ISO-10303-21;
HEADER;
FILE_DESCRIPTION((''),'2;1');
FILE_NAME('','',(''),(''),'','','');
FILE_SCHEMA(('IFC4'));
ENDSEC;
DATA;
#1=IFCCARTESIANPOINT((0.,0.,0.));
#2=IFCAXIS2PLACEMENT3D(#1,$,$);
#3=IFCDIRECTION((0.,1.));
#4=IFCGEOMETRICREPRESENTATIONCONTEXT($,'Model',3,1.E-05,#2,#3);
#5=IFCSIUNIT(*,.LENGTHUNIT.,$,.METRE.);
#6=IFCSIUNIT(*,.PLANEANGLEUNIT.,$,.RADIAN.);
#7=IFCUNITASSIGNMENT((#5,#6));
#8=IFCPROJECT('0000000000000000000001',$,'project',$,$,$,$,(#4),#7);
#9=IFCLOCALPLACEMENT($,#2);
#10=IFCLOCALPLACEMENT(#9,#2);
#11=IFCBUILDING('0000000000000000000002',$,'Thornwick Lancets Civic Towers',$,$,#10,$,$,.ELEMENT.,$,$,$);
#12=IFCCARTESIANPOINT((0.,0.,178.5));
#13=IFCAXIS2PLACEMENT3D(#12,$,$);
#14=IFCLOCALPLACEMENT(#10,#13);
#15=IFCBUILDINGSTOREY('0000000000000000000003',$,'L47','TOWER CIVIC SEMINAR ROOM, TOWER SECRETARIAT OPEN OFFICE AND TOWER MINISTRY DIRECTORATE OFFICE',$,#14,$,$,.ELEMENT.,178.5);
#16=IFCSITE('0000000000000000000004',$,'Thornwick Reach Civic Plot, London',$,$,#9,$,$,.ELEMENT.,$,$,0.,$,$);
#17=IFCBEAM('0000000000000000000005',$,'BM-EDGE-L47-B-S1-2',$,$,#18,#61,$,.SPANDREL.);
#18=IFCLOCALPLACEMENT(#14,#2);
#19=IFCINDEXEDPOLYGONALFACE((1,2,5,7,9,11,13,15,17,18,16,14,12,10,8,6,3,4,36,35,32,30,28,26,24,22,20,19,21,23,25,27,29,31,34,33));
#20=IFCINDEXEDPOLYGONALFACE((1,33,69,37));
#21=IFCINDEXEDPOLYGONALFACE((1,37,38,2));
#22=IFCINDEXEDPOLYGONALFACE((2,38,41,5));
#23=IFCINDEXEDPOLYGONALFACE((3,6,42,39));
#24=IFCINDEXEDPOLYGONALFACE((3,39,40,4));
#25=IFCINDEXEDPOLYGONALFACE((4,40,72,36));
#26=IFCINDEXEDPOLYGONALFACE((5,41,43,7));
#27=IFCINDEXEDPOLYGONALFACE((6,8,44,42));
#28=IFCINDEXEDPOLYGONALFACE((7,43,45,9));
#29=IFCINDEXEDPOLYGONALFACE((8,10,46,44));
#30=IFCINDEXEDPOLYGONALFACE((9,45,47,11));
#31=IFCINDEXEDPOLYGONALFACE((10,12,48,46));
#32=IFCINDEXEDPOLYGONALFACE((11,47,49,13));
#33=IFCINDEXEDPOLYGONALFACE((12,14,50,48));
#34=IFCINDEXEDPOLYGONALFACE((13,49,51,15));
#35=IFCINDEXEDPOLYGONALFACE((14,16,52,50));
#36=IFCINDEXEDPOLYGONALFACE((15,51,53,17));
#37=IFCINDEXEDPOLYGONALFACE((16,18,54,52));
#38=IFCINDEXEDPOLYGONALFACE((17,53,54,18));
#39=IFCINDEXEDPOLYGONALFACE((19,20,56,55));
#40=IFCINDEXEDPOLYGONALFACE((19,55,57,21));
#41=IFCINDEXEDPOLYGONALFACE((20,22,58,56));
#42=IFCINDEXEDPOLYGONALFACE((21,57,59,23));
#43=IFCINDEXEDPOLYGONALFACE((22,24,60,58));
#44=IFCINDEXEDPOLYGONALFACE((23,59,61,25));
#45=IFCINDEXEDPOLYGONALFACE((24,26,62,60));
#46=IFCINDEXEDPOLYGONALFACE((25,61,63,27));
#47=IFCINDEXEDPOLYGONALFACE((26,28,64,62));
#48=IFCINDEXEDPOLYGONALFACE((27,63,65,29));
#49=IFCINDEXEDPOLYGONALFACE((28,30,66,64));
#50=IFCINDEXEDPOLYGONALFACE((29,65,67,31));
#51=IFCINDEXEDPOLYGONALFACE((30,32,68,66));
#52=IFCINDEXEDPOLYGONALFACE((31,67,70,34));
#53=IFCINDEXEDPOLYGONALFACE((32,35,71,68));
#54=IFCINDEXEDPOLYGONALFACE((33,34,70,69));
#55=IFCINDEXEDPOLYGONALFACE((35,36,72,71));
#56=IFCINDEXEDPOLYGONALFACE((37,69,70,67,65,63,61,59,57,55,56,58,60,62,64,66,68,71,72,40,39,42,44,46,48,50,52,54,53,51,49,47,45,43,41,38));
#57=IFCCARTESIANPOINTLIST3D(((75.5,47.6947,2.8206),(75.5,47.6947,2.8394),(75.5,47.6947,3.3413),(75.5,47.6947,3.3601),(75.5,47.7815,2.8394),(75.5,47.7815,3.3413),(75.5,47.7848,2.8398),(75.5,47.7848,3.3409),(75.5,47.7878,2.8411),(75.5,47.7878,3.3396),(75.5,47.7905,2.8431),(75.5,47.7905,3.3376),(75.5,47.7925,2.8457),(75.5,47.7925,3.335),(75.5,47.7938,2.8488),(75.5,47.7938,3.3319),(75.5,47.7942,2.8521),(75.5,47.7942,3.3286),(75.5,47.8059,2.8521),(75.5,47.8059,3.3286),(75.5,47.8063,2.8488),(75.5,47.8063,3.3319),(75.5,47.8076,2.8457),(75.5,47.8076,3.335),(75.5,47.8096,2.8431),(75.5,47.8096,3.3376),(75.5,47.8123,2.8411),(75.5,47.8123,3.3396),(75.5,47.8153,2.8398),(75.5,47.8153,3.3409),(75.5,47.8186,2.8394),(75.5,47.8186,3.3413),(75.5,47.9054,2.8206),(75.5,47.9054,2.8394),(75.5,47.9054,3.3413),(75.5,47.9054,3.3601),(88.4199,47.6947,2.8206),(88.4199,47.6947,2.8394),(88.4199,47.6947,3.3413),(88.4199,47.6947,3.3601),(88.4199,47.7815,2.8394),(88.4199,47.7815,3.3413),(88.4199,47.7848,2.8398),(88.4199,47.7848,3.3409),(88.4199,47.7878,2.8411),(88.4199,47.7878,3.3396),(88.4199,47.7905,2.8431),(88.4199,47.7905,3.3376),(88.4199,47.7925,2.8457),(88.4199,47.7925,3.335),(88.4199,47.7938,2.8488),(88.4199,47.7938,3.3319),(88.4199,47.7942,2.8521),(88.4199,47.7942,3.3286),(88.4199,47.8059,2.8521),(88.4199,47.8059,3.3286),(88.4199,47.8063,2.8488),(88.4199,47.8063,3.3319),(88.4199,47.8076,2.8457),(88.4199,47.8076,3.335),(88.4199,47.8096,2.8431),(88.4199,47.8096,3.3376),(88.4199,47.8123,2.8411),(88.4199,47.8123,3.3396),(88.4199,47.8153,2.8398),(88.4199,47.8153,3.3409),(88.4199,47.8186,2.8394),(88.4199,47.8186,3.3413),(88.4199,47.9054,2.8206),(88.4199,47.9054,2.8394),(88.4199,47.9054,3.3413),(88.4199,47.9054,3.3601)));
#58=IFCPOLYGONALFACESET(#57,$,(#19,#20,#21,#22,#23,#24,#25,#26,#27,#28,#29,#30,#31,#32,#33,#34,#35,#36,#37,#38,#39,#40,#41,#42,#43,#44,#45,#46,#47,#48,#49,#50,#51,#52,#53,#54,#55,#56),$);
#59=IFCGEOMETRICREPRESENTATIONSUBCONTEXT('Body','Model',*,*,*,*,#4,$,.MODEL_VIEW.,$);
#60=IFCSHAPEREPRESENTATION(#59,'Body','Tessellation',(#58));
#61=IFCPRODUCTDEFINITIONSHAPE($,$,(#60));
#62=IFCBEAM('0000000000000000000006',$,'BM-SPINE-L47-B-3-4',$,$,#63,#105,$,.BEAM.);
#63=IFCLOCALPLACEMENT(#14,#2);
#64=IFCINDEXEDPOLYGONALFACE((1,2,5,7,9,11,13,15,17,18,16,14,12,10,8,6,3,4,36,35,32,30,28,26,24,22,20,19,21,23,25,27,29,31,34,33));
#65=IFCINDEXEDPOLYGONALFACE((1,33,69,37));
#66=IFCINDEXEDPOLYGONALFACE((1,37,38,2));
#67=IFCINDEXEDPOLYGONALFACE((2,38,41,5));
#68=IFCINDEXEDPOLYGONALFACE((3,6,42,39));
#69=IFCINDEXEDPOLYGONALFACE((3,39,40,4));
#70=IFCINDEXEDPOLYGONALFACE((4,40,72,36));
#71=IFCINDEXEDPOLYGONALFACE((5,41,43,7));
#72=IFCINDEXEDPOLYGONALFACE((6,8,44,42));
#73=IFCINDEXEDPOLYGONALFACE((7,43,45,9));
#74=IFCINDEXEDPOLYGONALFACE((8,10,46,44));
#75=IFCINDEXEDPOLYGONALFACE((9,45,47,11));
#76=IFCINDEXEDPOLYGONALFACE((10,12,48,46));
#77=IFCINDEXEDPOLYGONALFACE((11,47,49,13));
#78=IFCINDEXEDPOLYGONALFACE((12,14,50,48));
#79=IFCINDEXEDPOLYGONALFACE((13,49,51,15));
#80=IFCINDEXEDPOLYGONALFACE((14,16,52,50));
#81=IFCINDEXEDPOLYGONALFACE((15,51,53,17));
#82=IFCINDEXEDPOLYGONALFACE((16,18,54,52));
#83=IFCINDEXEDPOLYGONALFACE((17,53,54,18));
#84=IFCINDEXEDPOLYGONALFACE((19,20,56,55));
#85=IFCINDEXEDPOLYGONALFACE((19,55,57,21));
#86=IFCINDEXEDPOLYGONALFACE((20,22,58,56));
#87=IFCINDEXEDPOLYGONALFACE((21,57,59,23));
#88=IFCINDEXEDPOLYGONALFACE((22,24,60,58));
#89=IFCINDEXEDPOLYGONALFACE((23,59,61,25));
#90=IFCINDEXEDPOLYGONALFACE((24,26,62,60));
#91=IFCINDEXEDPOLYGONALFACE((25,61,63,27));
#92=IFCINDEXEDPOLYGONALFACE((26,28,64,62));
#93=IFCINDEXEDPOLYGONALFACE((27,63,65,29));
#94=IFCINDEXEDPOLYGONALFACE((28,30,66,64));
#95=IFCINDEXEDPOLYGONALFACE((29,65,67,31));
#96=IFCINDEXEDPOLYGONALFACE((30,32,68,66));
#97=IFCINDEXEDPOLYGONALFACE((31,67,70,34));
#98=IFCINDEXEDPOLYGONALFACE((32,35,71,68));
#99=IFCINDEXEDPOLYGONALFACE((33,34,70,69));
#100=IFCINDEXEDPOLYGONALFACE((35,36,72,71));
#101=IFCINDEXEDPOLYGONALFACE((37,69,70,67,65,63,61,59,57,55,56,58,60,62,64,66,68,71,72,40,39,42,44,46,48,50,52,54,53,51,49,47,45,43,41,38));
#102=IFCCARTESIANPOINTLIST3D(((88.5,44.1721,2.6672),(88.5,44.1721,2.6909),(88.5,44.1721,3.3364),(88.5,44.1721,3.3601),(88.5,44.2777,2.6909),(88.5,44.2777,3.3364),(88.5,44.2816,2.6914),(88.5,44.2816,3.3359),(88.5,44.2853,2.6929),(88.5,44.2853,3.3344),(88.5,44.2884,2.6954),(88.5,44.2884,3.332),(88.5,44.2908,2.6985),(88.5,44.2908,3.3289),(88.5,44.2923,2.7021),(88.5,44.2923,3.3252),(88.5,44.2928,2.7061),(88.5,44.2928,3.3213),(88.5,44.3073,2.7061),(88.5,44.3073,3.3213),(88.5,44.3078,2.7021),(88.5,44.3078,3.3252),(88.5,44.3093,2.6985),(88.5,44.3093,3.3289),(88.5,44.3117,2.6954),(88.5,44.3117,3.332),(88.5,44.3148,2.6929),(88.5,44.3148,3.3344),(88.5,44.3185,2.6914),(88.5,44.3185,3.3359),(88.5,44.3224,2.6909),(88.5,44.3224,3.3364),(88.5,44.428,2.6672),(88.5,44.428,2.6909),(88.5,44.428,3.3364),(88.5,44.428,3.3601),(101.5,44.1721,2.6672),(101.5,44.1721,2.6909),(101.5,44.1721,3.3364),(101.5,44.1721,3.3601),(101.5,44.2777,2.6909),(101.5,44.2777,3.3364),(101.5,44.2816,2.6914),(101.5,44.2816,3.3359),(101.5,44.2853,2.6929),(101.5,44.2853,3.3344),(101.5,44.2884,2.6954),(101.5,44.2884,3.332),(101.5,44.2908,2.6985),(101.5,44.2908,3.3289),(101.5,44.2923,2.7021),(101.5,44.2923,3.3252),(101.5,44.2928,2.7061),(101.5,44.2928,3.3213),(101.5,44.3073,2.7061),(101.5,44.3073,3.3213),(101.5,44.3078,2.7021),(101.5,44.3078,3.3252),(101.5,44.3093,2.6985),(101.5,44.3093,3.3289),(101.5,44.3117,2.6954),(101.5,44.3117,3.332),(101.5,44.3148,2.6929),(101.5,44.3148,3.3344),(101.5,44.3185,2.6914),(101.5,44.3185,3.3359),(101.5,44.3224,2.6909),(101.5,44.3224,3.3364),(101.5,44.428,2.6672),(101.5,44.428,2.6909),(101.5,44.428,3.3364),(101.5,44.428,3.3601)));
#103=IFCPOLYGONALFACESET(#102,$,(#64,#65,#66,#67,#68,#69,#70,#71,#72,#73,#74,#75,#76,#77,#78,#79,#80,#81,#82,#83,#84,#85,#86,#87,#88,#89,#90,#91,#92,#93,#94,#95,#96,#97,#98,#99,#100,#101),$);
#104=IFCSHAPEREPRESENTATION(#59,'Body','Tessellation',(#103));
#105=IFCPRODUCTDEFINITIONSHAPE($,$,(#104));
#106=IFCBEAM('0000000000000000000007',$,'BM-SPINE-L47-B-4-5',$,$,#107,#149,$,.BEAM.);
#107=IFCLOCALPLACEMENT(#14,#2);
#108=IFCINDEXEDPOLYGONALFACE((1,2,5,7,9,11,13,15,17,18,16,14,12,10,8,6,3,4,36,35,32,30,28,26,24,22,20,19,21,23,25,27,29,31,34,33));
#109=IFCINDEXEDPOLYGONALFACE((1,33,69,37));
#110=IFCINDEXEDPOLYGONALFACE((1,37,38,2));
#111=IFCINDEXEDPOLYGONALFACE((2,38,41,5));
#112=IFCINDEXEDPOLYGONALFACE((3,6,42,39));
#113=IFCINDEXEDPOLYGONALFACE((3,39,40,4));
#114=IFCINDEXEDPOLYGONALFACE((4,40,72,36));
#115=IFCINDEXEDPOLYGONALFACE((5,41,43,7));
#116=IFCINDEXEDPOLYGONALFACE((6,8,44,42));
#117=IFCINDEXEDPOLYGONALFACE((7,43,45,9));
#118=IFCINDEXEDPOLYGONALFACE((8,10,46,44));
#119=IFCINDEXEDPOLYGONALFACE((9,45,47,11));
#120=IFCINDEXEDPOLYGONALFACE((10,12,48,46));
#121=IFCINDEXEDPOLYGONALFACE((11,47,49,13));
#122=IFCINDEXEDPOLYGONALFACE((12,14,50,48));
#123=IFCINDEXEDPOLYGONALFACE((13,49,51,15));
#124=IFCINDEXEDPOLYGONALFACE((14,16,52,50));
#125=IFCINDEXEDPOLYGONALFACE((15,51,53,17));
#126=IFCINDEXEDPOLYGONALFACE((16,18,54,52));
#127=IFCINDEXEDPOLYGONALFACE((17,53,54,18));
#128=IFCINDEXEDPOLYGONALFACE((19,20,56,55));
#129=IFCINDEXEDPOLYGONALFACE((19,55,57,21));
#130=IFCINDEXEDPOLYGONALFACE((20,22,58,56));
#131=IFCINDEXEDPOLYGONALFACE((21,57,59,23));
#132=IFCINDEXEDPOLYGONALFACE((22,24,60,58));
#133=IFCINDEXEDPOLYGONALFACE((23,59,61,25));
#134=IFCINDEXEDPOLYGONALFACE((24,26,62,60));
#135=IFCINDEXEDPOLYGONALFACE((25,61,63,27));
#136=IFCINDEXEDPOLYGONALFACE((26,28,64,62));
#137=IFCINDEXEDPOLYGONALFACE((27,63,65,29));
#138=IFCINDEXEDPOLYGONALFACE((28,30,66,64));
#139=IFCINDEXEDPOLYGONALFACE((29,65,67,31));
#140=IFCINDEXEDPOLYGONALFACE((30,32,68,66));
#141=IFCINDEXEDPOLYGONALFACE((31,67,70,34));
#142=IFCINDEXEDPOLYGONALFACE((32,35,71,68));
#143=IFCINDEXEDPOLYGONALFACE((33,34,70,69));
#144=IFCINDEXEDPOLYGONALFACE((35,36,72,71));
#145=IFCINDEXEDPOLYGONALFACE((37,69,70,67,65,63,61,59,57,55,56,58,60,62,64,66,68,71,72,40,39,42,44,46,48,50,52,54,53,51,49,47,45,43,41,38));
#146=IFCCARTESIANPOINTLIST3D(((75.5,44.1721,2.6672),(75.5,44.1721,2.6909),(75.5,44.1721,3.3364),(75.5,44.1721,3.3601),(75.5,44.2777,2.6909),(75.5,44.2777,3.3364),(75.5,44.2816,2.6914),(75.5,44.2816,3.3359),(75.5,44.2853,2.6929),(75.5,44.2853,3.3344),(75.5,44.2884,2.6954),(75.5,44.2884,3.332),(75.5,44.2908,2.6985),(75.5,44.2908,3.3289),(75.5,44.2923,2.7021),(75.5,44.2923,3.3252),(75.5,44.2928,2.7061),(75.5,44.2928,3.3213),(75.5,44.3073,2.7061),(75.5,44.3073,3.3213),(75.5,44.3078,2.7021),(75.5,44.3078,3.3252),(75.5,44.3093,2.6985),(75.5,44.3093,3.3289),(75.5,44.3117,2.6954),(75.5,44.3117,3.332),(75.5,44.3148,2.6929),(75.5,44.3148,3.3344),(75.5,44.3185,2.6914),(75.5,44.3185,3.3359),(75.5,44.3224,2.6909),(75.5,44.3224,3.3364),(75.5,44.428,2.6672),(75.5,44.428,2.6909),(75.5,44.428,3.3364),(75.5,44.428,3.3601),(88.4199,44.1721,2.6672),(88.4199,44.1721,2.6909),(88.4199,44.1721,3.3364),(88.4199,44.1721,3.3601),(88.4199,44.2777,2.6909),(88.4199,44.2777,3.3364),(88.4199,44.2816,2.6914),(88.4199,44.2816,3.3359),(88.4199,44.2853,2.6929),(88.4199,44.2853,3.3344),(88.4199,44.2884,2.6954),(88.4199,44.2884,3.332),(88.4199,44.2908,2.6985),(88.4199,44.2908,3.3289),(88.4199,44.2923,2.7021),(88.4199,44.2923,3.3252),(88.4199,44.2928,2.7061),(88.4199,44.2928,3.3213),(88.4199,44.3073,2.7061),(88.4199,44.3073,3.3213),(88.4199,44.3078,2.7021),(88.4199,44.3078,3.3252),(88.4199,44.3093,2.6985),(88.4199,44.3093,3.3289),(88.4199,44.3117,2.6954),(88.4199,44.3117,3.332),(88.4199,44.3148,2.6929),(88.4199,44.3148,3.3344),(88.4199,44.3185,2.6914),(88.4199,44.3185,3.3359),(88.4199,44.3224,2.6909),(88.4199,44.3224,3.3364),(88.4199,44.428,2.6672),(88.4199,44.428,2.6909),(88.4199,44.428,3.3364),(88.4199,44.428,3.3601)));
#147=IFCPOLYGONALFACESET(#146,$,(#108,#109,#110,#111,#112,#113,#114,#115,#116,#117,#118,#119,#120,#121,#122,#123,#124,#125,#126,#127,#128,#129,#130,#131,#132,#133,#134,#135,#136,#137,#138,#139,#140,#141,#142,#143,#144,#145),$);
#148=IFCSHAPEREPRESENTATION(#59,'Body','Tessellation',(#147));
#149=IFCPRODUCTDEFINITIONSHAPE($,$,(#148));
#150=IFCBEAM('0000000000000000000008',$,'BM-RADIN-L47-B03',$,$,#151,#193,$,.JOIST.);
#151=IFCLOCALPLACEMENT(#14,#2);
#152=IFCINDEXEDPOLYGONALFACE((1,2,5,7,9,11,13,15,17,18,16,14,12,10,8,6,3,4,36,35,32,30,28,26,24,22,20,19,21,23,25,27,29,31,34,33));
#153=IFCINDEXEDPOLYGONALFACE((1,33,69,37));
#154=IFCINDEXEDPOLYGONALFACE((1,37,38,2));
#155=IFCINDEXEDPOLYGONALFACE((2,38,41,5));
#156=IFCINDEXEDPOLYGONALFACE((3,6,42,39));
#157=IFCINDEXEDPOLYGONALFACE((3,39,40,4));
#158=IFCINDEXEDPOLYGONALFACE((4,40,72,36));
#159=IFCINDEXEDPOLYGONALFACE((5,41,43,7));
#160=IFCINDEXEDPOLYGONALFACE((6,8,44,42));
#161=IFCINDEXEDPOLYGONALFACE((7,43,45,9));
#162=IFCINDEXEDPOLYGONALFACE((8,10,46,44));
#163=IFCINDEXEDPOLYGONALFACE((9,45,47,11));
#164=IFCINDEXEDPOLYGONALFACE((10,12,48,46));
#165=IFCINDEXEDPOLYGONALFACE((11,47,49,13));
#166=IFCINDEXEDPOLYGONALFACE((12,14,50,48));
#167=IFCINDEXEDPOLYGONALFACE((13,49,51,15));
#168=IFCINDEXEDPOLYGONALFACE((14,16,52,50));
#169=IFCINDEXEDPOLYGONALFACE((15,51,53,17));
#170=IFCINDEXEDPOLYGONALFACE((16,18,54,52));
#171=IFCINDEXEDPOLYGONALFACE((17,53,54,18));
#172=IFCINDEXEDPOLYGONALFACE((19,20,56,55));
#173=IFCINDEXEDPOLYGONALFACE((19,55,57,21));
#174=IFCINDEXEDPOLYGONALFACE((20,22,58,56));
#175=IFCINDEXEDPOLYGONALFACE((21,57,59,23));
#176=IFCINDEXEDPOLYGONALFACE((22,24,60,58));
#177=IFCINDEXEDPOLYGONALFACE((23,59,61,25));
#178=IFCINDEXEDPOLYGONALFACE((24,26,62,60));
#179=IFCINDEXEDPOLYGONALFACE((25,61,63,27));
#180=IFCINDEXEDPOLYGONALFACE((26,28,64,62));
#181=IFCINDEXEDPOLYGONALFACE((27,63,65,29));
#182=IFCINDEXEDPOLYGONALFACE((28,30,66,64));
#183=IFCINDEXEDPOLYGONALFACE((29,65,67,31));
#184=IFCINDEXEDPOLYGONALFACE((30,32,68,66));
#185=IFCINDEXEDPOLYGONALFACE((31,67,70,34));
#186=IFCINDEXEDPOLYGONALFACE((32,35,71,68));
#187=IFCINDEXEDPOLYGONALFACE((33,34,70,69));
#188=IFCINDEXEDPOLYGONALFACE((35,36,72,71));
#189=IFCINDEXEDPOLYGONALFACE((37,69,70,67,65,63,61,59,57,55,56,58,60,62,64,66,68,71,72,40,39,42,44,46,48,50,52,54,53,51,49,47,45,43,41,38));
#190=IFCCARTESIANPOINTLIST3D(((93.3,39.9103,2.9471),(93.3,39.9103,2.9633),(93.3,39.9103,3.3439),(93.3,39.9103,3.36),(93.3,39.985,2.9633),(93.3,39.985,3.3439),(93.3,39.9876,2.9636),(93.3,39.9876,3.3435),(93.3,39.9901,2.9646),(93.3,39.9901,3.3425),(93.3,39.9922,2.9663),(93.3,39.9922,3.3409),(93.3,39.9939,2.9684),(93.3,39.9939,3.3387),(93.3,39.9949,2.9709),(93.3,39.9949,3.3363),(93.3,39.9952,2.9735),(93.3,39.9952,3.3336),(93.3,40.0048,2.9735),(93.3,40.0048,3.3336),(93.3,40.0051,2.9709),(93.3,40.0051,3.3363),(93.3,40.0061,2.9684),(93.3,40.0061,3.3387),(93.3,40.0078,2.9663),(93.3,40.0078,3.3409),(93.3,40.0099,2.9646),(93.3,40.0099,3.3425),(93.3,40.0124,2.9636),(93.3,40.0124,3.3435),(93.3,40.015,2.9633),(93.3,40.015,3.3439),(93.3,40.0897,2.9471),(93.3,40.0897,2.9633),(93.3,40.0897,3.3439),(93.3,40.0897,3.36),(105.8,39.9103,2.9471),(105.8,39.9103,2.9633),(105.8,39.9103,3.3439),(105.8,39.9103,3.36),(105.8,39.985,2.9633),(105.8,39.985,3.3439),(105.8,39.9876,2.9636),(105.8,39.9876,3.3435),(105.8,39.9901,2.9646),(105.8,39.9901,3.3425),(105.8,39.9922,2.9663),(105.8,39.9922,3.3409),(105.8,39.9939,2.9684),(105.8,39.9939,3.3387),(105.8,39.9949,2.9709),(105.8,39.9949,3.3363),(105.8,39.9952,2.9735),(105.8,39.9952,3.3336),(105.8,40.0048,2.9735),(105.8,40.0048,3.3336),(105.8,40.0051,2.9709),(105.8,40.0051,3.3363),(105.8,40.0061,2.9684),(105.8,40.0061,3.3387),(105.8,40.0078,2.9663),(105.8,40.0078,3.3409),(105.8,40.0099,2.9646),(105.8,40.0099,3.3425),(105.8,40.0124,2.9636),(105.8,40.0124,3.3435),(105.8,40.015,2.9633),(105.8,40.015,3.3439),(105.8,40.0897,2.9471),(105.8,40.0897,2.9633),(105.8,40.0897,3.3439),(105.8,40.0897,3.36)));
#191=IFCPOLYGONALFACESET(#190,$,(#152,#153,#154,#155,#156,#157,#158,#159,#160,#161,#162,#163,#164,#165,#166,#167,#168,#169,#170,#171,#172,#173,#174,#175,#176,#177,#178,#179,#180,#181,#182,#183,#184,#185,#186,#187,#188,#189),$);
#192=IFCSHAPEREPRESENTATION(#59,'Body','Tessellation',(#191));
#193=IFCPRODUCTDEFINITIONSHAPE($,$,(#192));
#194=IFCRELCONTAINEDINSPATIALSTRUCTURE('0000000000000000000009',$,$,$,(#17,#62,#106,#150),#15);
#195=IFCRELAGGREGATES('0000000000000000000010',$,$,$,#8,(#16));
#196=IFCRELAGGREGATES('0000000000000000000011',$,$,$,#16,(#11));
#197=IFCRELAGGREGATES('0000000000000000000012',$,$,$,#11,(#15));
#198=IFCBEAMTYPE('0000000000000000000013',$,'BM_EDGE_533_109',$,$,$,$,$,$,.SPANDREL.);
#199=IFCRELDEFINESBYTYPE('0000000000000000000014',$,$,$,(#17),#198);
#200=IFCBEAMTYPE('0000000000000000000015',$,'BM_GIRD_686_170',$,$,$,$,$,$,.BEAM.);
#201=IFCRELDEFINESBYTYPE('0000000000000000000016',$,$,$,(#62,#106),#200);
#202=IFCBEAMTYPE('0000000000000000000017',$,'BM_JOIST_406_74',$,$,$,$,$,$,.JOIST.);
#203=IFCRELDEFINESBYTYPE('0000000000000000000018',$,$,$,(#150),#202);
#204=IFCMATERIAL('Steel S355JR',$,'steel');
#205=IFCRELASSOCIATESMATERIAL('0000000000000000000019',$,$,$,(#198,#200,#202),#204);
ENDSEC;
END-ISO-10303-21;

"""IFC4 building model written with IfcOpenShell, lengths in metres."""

from ifc_helpers import new_model, si_unit, direction, frame, origin, origin_2d, place, context, subcontext, project, spatial, i_section, extrude, material, material_profile, profile_set, type_object, element, save


model = new_model("IFC4")

# Units and contexts
model_context = context("Model", 3, precision=1e-05, world=origin(), true_north=direction((0.0, 1.0)))
body_context = subcontext(model_context, "Body", "Model", "MODEL_VIEW")
ifc_project = project(units=[si_unit("LENGTHUNIT", "METRE"), si_unit("PLANEANGLEUNIT", "RADIAN")], contexts=[model_context])

# Site, building, storey
site_placement = place(None, origin())
site = spatial("IfcSite", under=ifc_project, at=site_placement, Name="Thornwick Reach Civic Plot, London", CompositionType="ELEMENT", RefElevation=0.0)
building_placement = place(site_placement, origin())
building = spatial("IfcBuilding", under=site, at=building_placement, Name="Thornwick Lancets Civic Towers", CompositionType="ELEMENT")
storey_placement = place(building_placement, frame((0.0, 0.0, 178.5)))
storey = spatial("IfcBuildingStorey", under=building, at=storey_placement, Name="L47", Description="TOWER CIVIC SEMINAR ROOM, TOWER SECRETARIAT OPEN OFFICE AND TOWER MINISTRY DIRECTORATE OFFICE", CompositionType="ELEMENT", Elevation=178.5)

# Beams
ifc_material_1 = material(Name="Steel S355JR", Category="steel")
ifc_material_profile_1 = material_profile(ifc_material_1, i_section(OverallWidth=0.2107, OverallDepth=0.5396, WebThickness=0.0117, FlangeThickness=0.0188, FilletRadius=0.0127, at=origin_2d()), Name="UKB 533x210x109")
ifc_profile_set_1 = profile_set([ifc_material_profile_1], Name="Steel S355JR")
beam_type_1 = type_object("IfcBeamType", Name="BM_EDGE_533_109", PredefinedType="SPANDREL", material=ifc_profile_set_1)
beam_1_placement = place(storey_placement, frame((88.4199, 47.8, 3.0903), z_axis=(-1.0, 0.0, 0.0), x_axis=(0.0, -1.0, 0.0)))
element("IfcBeam", 1, at=beam_1_placement, inside=storey, type_object=beam_type_1, Name="BM-EDGE-L47-B-S1-2", PredefinedType="SPANDREL", context=body_context, shape_type="SweptSolid", body=[
    extrude(i_section(OverallWidth=0.2107, OverallDepth=0.5396, WebThickness=0.0117, FlangeThickness=0.0188, FilletRadius=0.0127, at=origin_2d()), origin(), (0.0, 0.0, 1.0), 12.9199),
])
ifc_material_profile_2 = material_profile(ifc_material_1, i_section(OverallWidth=0.2559, OverallDepth=0.6929, WebThickness=0.0144, FlangeThickness=0.0237, FilletRadius=0.0151, at=origin_2d()), Name="UKB 686x254x170")
ifc_profile_set_2 = profile_set([ifc_material_profile_2], Name="Steel S355JR")
beam_type_2 = type_object("IfcBeamType", Name="BM_GIRD_686_170", PredefinedType="BEAM", material=ifc_profile_set_2)
beam_2_placement = place(storey_placement, frame((101.5, 44.3, 3.0137), z_axis=(-1.0, 0.0, 0.0), x_axis=(0.0, -1.0, 0.0)))
element("IfcBeam", 2, at=beam_2_placement, inside=storey, type_object=beam_type_2, Name="BM-SPINE-L47-B-3-4", PredefinedType="BEAM", context=body_context, shape_type="SweptSolid", body=[
    extrude(i_section(OverallWidth=0.2559, OverallDepth=0.6929, WebThickness=0.0144, FlangeThickness=0.0237, FilletRadius=0.0151, at=origin_2d()), origin(), (0.0, 0.0, 1.0), 13.0),
])
beam_3_placement = place(storey_placement, frame((88.4199, 44.3, 3.0137), z_axis=(-1.0, 0.0, 0.0), x_axis=(0.0, -1.0, 0.0)))
element("IfcBeam", 3, at=beam_3_placement, inside=storey, type_object=beam_type_2, Name="BM-SPINE-L47-B-4-5", PredefinedType="BEAM", context=body_context, shape_type="SweptSolid", body=[
    extrude(i_section(OverallWidth=0.2559, OverallDepth=0.6929, WebThickness=0.0144, FlangeThickness=0.0237, FilletRadius=0.0151, at=origin_2d()), origin(), (0.0, 0.0, 1.0), 12.9199),
])
ifc_material_profile_3 = material_profile(ifc_material_1, i_section(OverallWidth=0.1794, OverallDepth=0.4128, WebThickness=0.0095, FlangeThickness=0.0161, FilletRadius=0.0103, at=origin_2d()), Name="UKB 406x178x74")
ifc_profile_set_3 = profile_set([ifc_material_profile_3], Name="Steel S355JR")
beam_type_3 = type_object("IfcBeamType", Name="BM_JOIST_406_74", PredefinedType="JOIST", material=ifc_profile_set_3)
beam_4_placement = place(storey_placement, frame((93.3, 40.0, 3.1536), z_axis=(1.0, 0.0, 0.0), x_axis=(0.0, 1.0, 0.0)))
element("IfcBeam", 4, at=beam_4_placement, inside=storey, type_object=beam_type_3, Name="BM-RADIN-L47-B03", PredefinedType="JOIST", context=body_context, shape_type="SweptSolid", body=[
    extrude(i_section(OverallWidth=0.1794, OverallDepth=0.4128, WebThickness=0.0095, FlangeThickness=0.0161, FilletRadius=0.0103, at=origin_2d()), origin(), (0.0, 0.0, 1.0), 12.5),
])

save(model, "model.ifc")
